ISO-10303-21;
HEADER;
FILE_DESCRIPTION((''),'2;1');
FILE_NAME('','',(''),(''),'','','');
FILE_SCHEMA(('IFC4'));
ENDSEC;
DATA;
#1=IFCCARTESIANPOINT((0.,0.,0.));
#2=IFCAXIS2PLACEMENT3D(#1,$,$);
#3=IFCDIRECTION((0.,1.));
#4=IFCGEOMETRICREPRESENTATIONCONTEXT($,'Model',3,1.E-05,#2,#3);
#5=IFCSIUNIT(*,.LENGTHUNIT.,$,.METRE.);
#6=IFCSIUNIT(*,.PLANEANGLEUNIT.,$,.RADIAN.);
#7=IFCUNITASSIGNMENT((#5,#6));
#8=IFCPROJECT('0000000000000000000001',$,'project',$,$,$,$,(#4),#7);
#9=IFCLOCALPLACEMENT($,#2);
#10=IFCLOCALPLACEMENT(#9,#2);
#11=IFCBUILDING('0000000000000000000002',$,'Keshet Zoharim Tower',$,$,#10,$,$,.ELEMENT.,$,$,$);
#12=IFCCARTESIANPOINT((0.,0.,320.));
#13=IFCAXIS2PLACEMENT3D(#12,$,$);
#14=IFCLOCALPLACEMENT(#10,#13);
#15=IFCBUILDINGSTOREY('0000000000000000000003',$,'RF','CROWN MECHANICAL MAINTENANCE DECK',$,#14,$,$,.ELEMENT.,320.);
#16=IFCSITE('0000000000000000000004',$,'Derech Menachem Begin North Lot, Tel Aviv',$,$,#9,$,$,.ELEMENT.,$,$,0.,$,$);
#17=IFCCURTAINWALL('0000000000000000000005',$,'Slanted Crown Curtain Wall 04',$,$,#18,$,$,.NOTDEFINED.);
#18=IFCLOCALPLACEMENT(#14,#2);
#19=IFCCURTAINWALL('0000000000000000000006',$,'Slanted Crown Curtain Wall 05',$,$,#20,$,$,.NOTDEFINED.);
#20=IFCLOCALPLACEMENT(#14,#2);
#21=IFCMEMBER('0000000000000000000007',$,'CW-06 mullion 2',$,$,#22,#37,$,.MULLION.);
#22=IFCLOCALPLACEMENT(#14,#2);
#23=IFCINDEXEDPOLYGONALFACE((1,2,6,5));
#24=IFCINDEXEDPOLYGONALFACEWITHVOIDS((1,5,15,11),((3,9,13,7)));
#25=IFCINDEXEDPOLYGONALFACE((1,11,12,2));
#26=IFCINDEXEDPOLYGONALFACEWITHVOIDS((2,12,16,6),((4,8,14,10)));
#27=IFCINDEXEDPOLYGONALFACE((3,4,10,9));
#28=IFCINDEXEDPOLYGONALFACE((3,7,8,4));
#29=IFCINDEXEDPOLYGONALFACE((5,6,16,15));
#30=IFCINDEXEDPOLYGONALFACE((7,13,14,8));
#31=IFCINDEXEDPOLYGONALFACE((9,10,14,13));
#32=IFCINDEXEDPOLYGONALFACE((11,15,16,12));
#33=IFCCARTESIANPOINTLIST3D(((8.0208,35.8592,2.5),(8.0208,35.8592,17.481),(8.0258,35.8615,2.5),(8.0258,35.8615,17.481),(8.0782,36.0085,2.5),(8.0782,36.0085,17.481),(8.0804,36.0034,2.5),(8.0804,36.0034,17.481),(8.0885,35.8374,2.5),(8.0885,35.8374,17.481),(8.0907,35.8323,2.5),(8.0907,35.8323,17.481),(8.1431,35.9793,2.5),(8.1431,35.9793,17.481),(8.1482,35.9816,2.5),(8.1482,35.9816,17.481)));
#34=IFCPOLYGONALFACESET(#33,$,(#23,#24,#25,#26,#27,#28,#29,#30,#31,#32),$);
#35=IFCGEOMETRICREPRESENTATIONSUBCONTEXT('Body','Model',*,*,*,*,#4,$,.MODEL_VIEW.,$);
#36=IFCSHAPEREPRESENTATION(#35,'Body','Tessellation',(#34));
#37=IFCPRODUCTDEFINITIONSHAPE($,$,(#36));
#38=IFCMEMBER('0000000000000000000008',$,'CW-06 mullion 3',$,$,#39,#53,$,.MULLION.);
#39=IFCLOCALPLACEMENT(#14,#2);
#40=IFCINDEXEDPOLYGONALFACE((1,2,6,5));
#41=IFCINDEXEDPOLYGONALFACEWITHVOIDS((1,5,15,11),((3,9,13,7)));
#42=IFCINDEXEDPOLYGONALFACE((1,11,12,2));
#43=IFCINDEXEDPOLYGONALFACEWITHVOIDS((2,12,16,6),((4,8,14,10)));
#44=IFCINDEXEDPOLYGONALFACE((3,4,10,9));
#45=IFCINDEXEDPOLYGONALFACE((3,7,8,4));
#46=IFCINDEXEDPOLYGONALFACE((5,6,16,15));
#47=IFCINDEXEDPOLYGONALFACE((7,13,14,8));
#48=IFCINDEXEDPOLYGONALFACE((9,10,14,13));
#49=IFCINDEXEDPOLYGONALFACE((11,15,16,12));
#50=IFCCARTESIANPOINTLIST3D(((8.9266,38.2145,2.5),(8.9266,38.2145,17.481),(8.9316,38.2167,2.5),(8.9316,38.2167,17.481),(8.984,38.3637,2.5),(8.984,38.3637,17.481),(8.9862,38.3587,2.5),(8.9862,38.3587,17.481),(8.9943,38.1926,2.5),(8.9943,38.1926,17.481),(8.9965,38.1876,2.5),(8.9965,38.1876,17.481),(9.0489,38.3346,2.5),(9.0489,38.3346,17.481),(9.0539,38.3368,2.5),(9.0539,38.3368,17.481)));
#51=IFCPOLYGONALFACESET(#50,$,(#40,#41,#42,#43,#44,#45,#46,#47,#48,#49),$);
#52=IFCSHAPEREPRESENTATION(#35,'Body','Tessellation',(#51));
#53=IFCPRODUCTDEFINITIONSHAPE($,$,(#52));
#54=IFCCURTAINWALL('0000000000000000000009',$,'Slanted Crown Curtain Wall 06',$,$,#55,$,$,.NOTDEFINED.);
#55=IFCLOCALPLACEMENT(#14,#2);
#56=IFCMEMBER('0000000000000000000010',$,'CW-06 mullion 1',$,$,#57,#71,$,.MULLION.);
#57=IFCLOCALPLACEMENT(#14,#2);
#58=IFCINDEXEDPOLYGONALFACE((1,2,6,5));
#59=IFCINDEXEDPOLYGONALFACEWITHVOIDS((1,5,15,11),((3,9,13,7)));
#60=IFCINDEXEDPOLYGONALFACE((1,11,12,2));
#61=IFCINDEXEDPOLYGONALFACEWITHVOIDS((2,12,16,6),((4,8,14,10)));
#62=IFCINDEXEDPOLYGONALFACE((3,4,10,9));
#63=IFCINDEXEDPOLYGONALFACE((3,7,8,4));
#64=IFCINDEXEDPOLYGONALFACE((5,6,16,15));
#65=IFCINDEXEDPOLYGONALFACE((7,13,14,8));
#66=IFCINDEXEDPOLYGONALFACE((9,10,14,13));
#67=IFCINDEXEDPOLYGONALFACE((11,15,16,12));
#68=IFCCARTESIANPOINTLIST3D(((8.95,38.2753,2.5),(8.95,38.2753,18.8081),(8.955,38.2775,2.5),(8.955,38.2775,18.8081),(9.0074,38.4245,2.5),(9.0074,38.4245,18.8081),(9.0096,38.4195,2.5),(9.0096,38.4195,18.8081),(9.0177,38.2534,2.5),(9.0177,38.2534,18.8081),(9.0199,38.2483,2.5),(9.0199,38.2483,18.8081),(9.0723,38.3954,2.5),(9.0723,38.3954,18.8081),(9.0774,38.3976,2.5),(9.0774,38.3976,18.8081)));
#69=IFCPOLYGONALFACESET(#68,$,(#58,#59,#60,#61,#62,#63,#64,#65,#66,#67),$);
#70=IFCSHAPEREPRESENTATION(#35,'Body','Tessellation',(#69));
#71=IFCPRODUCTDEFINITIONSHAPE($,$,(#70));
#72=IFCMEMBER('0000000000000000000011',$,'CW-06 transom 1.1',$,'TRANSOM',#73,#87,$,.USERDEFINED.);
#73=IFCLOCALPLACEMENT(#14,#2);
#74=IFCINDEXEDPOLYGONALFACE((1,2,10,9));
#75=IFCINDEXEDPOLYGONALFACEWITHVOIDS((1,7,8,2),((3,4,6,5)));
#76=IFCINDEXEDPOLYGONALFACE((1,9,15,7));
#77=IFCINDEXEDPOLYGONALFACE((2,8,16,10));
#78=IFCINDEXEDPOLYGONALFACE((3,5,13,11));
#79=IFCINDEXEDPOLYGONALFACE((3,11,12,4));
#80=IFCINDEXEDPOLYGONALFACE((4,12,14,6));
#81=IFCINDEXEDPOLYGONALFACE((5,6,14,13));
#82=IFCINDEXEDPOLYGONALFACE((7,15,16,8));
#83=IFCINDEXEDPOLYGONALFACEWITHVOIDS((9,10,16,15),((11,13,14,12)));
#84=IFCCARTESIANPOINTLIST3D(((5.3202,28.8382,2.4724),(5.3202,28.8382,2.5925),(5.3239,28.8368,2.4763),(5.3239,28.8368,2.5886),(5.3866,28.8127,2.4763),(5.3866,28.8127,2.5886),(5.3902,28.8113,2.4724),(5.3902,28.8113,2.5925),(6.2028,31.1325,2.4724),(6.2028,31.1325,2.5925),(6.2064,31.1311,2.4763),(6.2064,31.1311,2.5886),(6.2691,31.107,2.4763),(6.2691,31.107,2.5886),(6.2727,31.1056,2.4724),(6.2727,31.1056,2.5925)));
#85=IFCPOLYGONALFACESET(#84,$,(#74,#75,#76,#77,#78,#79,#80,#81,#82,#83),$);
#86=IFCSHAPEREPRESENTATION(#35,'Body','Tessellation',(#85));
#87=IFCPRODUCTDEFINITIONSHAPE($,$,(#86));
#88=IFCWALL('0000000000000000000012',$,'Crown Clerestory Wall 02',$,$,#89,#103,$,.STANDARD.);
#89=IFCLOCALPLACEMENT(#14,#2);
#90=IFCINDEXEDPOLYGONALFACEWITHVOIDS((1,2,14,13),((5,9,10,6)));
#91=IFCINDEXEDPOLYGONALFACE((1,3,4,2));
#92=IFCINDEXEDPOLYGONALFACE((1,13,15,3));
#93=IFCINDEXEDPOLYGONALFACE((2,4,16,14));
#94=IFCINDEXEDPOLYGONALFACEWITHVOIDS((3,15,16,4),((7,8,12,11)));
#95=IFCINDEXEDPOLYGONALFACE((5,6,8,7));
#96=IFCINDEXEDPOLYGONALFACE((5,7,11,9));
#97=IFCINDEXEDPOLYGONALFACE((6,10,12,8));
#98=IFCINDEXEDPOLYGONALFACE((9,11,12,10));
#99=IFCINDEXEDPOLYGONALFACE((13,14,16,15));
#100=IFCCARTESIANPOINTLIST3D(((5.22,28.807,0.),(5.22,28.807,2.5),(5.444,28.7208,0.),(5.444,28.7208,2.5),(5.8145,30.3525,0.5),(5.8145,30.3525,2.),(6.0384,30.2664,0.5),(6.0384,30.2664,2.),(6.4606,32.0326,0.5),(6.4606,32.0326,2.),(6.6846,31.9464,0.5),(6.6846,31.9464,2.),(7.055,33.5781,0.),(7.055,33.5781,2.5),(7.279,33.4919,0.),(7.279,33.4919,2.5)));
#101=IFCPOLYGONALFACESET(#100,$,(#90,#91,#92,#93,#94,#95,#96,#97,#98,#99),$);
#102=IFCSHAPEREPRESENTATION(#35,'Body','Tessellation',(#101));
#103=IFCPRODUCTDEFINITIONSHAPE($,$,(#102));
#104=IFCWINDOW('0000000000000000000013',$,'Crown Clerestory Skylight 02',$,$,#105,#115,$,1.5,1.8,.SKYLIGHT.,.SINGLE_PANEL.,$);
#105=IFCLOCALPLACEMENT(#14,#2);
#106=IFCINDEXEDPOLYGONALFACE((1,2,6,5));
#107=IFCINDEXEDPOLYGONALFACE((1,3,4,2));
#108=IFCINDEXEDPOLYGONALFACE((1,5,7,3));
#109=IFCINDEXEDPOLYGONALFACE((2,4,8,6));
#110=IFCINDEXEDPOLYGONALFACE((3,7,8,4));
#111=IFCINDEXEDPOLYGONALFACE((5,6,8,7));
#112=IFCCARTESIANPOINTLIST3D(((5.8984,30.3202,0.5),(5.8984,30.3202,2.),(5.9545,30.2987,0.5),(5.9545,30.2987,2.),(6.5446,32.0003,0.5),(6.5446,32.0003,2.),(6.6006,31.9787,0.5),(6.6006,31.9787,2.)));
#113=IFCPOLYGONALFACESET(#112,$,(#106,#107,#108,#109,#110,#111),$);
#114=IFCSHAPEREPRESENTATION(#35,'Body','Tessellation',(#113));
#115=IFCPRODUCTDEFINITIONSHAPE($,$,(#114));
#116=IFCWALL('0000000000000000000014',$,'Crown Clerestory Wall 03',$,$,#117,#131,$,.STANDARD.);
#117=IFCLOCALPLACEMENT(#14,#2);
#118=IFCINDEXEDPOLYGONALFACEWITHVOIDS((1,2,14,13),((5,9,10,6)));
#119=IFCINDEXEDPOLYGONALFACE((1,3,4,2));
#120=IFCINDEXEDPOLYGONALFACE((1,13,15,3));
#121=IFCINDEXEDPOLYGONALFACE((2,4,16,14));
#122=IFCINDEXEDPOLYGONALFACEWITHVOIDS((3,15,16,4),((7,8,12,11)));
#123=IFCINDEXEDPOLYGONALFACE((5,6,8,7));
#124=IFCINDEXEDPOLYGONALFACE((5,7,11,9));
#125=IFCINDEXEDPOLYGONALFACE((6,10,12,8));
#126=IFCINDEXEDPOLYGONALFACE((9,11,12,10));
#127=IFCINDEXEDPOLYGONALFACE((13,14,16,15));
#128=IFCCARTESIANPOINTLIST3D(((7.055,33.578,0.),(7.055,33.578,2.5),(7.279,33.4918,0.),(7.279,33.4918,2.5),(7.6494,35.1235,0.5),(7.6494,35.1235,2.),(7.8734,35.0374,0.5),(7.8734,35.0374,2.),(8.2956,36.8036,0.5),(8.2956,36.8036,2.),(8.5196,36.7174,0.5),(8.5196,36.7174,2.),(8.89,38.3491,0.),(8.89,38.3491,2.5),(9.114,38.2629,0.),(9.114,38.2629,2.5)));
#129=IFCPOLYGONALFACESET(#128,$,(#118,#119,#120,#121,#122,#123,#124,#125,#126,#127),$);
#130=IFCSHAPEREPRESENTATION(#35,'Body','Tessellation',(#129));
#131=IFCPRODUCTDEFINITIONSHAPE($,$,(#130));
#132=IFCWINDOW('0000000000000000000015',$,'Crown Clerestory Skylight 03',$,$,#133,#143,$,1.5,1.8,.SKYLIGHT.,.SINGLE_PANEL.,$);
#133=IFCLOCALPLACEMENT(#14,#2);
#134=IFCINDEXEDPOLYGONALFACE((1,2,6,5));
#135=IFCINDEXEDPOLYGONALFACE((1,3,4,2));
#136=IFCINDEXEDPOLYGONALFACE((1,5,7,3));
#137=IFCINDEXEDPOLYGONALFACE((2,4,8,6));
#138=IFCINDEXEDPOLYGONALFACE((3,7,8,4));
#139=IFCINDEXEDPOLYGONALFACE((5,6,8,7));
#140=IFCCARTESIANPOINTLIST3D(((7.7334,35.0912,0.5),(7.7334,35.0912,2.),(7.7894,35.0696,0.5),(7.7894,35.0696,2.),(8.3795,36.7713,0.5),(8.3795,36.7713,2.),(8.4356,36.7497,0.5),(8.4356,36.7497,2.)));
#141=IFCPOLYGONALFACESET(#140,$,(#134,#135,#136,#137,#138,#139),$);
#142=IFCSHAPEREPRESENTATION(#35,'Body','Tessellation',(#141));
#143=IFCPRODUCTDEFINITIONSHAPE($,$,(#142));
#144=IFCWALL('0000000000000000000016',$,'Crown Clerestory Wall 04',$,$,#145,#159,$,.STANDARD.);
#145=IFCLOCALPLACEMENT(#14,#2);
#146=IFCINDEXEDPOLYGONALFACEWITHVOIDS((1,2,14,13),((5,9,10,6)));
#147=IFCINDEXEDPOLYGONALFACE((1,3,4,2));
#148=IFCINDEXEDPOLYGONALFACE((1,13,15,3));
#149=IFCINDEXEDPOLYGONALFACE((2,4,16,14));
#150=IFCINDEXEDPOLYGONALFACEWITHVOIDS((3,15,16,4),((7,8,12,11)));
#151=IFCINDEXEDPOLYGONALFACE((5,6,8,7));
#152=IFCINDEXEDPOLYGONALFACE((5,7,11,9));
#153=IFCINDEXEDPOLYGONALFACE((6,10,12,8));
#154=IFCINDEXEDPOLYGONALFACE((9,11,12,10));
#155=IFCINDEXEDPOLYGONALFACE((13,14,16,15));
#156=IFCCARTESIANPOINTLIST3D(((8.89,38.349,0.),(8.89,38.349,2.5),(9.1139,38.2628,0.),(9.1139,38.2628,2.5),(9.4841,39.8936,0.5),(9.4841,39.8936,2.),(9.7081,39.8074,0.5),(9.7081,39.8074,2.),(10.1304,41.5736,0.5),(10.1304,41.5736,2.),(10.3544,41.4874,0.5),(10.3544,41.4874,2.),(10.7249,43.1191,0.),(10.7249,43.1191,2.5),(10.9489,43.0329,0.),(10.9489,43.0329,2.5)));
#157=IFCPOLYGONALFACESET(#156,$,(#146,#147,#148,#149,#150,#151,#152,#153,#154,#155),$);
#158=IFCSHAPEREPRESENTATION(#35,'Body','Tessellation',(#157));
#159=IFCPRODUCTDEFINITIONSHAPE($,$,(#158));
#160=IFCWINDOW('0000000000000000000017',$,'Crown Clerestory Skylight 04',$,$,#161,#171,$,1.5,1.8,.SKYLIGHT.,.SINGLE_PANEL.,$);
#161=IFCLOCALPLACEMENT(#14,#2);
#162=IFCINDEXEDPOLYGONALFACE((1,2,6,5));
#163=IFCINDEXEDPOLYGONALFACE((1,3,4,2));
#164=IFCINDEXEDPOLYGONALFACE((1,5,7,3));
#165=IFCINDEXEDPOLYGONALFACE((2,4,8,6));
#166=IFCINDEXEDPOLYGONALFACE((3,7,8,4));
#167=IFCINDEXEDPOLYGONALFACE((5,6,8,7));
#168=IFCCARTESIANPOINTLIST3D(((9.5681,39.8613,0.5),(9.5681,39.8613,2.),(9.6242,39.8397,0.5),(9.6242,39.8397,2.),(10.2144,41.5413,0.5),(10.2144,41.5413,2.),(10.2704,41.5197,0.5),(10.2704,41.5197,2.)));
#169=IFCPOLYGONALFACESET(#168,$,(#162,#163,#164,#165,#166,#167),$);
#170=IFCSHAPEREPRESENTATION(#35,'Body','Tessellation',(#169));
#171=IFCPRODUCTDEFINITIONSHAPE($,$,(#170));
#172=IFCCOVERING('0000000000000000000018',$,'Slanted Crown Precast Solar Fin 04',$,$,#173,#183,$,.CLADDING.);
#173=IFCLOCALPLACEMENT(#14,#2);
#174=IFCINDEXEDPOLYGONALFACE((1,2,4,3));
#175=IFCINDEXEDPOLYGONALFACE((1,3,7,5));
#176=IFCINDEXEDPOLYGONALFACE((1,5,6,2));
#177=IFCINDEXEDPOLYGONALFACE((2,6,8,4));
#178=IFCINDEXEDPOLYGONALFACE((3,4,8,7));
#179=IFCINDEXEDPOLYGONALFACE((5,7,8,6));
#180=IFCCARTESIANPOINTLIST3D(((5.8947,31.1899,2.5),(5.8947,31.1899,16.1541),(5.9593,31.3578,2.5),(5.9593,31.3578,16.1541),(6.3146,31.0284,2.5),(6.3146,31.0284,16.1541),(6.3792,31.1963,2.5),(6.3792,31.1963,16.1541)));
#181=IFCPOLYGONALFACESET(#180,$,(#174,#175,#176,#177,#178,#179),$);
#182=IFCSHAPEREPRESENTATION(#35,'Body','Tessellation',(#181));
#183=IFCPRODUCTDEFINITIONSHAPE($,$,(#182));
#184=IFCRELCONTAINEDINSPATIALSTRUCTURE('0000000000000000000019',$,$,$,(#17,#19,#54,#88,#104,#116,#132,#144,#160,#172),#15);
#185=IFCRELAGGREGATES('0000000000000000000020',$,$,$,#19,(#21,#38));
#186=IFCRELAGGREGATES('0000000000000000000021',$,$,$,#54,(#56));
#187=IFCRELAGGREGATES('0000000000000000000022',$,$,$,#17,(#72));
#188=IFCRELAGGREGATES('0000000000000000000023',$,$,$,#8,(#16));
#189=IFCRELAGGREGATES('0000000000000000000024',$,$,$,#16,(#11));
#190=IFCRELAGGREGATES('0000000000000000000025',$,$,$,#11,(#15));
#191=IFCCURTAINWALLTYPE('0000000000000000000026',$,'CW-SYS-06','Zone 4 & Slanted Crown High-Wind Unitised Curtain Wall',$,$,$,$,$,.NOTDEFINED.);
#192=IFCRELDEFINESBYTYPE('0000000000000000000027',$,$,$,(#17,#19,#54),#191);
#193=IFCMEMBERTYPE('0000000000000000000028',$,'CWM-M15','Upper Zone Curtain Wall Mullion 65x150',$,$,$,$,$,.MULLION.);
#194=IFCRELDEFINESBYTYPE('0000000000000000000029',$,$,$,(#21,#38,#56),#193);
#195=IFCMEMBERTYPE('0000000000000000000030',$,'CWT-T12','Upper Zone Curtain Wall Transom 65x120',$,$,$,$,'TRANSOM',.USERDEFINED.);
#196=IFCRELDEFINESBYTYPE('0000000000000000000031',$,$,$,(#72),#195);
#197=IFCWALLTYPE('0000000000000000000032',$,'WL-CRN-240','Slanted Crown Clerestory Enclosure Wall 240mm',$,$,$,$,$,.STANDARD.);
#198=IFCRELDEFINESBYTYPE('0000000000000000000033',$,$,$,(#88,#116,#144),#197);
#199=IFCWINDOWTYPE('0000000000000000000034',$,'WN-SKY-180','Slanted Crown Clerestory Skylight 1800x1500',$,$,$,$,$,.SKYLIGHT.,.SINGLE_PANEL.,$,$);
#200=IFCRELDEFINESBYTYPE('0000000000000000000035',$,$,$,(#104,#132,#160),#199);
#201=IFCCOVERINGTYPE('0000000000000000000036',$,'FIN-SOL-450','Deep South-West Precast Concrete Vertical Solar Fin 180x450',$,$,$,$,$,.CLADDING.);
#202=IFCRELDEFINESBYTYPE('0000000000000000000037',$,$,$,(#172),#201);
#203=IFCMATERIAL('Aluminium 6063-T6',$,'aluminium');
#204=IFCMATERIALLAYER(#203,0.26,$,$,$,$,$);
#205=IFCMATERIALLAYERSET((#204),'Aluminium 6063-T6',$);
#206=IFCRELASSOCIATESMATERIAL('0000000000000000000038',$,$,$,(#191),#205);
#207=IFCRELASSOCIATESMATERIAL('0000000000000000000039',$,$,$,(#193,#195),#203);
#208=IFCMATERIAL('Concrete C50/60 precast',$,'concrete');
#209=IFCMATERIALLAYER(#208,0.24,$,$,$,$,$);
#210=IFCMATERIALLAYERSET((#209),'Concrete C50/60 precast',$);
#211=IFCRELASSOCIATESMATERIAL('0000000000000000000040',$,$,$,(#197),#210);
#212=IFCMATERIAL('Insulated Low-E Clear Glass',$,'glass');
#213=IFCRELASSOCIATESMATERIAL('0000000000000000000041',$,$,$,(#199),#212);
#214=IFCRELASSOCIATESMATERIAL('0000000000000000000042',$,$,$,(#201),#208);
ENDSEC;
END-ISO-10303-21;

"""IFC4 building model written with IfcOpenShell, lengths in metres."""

from ifc_helpers import new_model, si_unit, direction, frame, frame_2d, origin, origin_2d, place, context, subcontext, project, spatial, rectangle, hollow_rectangle, extrude, material, layer, layer_set, material_profile, profile_set, type_object, element, fill, aggregate, save


model = new_model("IFC4")

# Units and contexts
model_context = context("Model", 3, precision=1e-05, world=origin(), true_north=direction((0.0, 1.0)))
body_context = subcontext(model_context, "Body", "Model", "MODEL_VIEW")
ifc_project = project(units=[si_unit("LENGTHUNIT", "METRE"), si_unit("PLANEANGLEUNIT", "RADIAN")], contexts=[model_context])

# Site, building, storey
site_placement = place(None, origin())
site = spatial("IfcSite", under=ifc_project, at=site_placement, Name="Derech Menachem Begin North Lot, Tel Aviv", CompositionType="ELEMENT", RefElevation=0.0)
building_placement = place(site_placement, origin())
building = spatial("IfcBuilding", under=site, at=building_placement, Name="Keshet Zoharim Tower", CompositionType="ELEMENT")
storey_placement = place(building_placement, frame((0.0, 0.0, 320.0)))
storey = spatial("IfcBuildingStorey", under=building, at=storey_placement, Name="RF", Description="CROWN MECHANICAL MAINTENANCE DECK", CompositionType="ELEMENT", Elevation=320.0)

# Shared definitions
ifc_material_1 = material(Name="Aluminium 6063-T6", Category="aluminium")
ifc_layer_1 = layer(ifc_material_1, 0.26)
ifc_layer_set_1 = layer_set([ifc_layer_1], Name="Aluminium 6063-T6")
curtain_wall_type = type_object("IfcCurtainWallType", Name="CW-SYS-06", Description="Zone 4 & Slanted Crown High-Wind Unitised Curtain Wall", PredefinedType="NOTDEFINED", material=ifc_layer_set_1)
ifc_material_profile_1 = material_profile(ifc_material_1, hollow_rectangle(XDim=0.075, YDim=0.1599, WallThickness=0.0039, at=origin_2d()), Name="MUL-75x160")
ifc_profile_set_1 = profile_set([ifc_material_profile_1], Name="Aluminium 6063-T6")
member_type_1 = type_object("IfcMemberType", Name="CWM-M15", Description="Upper Zone Curtain Wall Mullion 65x150", PredefinedType="MULLION", material=ifc_profile_set_1)

# Curtain walls, members
curtain_wall_1_placement = place(storey_placement, origin())
curtain_wall_1 = element("IfcCurtainWall", 1, at=curtain_wall_1_placement, inside=storey, type_object=curtain_wall_type, Name="Slanted Crown Curtain Wall 04", PredefinedType="NOTDEFINED")
curtain_wall_2_placement = place(storey_placement, origin())
curtain_wall_2 = element("IfcCurtainWall", 2, at=curtain_wall_2_placement, inside=storey, type_object=curtain_wall_type, Name="Slanted Crown Curtain Wall 05", PredefinedType="NOTDEFINED")
member_1_placement = place(storey_placement, frame((8.0845, 35.9204, 2.5), z_axis=(0.0, 0.0, 1.0), x_axis=(-0.933346, 0.358979, 0.0)))
member_1 = element("IfcMember", 3, at=member_1_placement, type_object=member_type_1, Name="CW-06 mullion 2", PredefinedType="MULLION", context=body_context, shape_type="SweptSolid", body=[
    extrude(hollow_rectangle(XDim=0.075, YDim=0.1599, WallThickness=0.0039, at=origin_2d()), origin(), (0.0, 0.0, 1.0), 14.981),
])
member_2_placement = place(storey_placement, frame((8.9902, 38.2756, 2.5), z_axis=(0.0, 0.0, 1.0), x_axis=(-0.933346, 0.358979, 0.0)))
member_2 = element("IfcMember", 4, at=member_2_placement, type_object=member_type_1, Name="CW-06 mullion 3", PredefinedType="MULLION", context=body_context, shape_type="SweptSolid", body=[
    extrude(hollow_rectangle(XDim=0.075, YDim=0.1599, WallThickness=0.0039, at=origin_2d()), origin(), (0.0, 0.0, 1.0), 14.981),
])
aggregate(curtain_wall_2, [member_1, member_2])

# Curtain wall, member
curtain_wall_3_placement = place(storey_placement, origin())
curtain_wall_3 = element("IfcCurtainWall", 5, at=curtain_wall_3_placement, inside=storey, type_object=curtain_wall_type, Name="Slanted Crown Curtain Wall 06", PredefinedType="NOTDEFINED")
member_3_placement = place(storey_placement, frame((9.0137, 38.3364, 2.5), z_axis=(0.0, 0.0, 1.0), x_axis=(-0.93332, 0.359045, 0.0)))
member_3 = element("IfcMember", 6, at=member_3_placement, type_object=member_type_1, Name="CW-06 mullion 1", PredefinedType="MULLION", context=body_context, shape_type="SweptSolid", body=[
    extrude(hollow_rectangle(XDim=0.075, YDim=0.1599, WallThickness=0.0039, at=origin_2d()), origin(), (0.0, 0.0, 1.0), 16.3081),
])
aggregate(curtain_wall_3, [member_3])

# Member
ifc_material_profile_2 = material_profile(ifc_material_1, hollow_rectangle(XDim=0.075, YDim=0.1201, WallThickness=0.0039, at=origin_2d()), Name="TRN-75x120")
ifc_profile_set_2 = profile_set([ifc_material_profile_2], Name="Aluminium 6063-T6")
member_type_2 = type_object("IfcMemberType", Name="CWT-T12", Description="Upper Zone Curtain Wall Transom 65x120", ElementType="TRANSOM", PredefinedType="USERDEFINED", material=ifc_profile_set_2)
member_4_placement = place(storey_placement, frame((5.3552, 28.8247, 2.5325), z_axis=(0.359012, 0.933333, 0.0), x_axis=(-0.933333, 0.359012, 0.0)))
member_4 = element("IfcMember", 7, at=member_4_placement, type_object=member_type_2, Name="CW-06 transom 1.1", ObjectType="TRANSOM", PredefinedType="USERDEFINED", context=body_context, shape_type="SweptSolid", body=[
    extrude(hollow_rectangle(XDim=0.075, YDim=0.1201, WallThickness=0.0039, at=origin_2d()), origin(), (0.0, 0.0, 1.0), 2.4583),
])
aggregate(curtain_wall_1, [member_4])

# Walls, openings, windows
ifc_material_2 = material(Name="Concrete C50/60 precast", Category="concrete")
ifc_layer_2 = layer(ifc_material_2, 0.24)
ifc_layer_set_2 = layer_set([ifc_layer_2], Name="Concrete C50/60 precast")
wall_type = type_object("IfcWallType", Name="WL-CRN-240", Description="Slanted Crown Clerestory Enclosure Wall 240mm", PredefinedType="STANDARD", material=ifc_layer_set_2)
wall_1_placement = place(storey_placement, frame((5.332, 28.7639, 0.0), z_axis=(0.0, 0.0, 1.0), x_axis=(0.358973, 0.933348, 0.0)))
wall_1 = element("IfcWall", 8, at=wall_1_placement, inside=storey, type_object=wall_type, Name="Crown Clerestory Wall 02", PredefinedType="STANDARD", context=body_context, shape_type="SweptSolid", body=[
    extrude(rectangle(XDim=5.1118, YDim=0.24, at=frame_2d((2.5559, 0.0))), origin(), (0.0, 0.0, 1.0), 2.5),
])
opening_1_placement = place(wall_1_placement, frame((1.656, 0.0, 0.5)))
opening_1 = element("IfcOpeningElement", 9, at=opening_1_placement, cuts=wall_1, PredefinedType="OPENING", context=body_context, shape_type="SweptSolid", body=[
    extrude(rectangle(XDim=1.8, YDim=1.5, at=frame_2d((0.8999, 0.75))), frame((0.0, 0.1299, 0.0), z_axis=(0.0, -1.0, 0.0), x_axis=(1.0, 0.0, 0.0)), (0.0, 0.0, 1.0), 0.26),
])
ifc_material_3 = material(Name="Insulated Low-E Clear Glass", Category="glass")
window_type = type_object("IfcWindowType", Name="WN-SKY-180", Description="Slanted Crown Clerestory Skylight 1800x1500", PartitioningType="SINGLE_PANEL", PredefinedType="SKYLIGHT", material=ifc_material_3)
window_1_placement = place(opening_1_placement, origin())
window_1 = element("IfcWindow", 10, at=window_1_placement, inside=storey, type_object=window_type, Name="Crown Clerestory Skylight 02", OverallHeight=1.5, OverallWidth=1.8, PartitioningType="SINGLE_PANEL", PredefinedType="SKYLIGHT", context=body_context, shape_type="SweptSolid", body=[
    extrude(rectangle(XDim=1.8, YDim=1.5, at=frame_2d((0.8999, 0.75))), frame((0.0, 0.03, 0.0), z_axis=(0.0, -1.0, 0.0), x_axis=(1.0, 0.0, 0.0)), (0.0, 0.0, 1.0), 0.0601),
])
fill(opening_1, window_1)
wall_2_placement = place(storey_placement, frame((7.167, 33.5349, 0.0), z_axis=(0.0, 0.0, 1.0), x_axis=(0.358973, 0.933348, 0.0)))
wall_2 = element("IfcWall", 11, at=wall_2_placement, inside=storey, type_object=wall_type, Name="Crown Clerestory Wall 03", PredefinedType="STANDARD", context=body_context, shape_type="SweptSolid", body=[
    extrude(rectangle(XDim=5.1118, YDim=0.24, at=frame_2d((2.5559, 0.0))), origin(), (0.0, 0.0, 1.0), 2.5),
])
opening_2_placement = place(wall_2_placement, frame((1.656, 0.0, 0.5)))
opening_2 = element("IfcOpeningElement", 12, at=opening_2_placement, cuts=wall_2, PredefinedType="OPENING", context=body_context, shape_type="SweptSolid", body=[
    extrude(rectangle(XDim=1.8, YDim=1.5, at=frame_2d((0.8999, 0.75))), frame((0.0, 0.1299, 0.0), z_axis=(0.0, -1.0, 0.0), x_axis=(1.0, 0.0, 0.0)), (0.0, 0.0, 1.0), 0.26),
])
window_2_placement = place(opening_2_placement, origin())
window_2 = element("IfcWindow", 13, at=window_2_placement, inside=storey, type_object=window_type, Name="Crown Clerestory Skylight 03", OverallHeight=1.5, OverallWidth=1.8, PartitioningType="SINGLE_PANEL", PredefinedType="SKYLIGHT", context=body_context, shape_type="SweptSolid", body=[
    extrude(rectangle(XDim=1.8, YDim=1.5, at=frame_2d((0.8999, 0.75))), frame((0.0, 0.03, 0.0), z_axis=(0.0, -1.0, 0.0), x_axis=(1.0, 0.0, 0.0)), (0.0, 0.0, 1.0), 0.0601),
])
fill(opening_2, window_2)
wall_3_placement = place(storey_placement, frame((9.002, 38.3059, 0.0), z_axis=(0.0, 0.0, 1.0), x_axis=(0.359037, 0.933323, 0.0)))
wall_3 = element("IfcWall", 14, at=wall_3_placement, inside=storey, type_object=wall_type, Name="Crown Clerestory Wall 04", PredefinedType="STANDARD", context=body_context, shape_type="SweptSolid", body=[
    extrude(rectangle(XDim=5.1108, YDim=0.24, at=frame_2d((2.5554, 0.0))), origin(), (0.0, 0.0, 1.0), 2.5),
])
opening_3_placement = place(wall_3_placement, frame((1.655, 0.0, 0.5)))
opening_3 = element("IfcOpeningElement", 15, at=opening_3_placement, cuts=wall_3, PredefinedType="OPENING", context=body_context, shape_type="SweptSolid", body=[
    extrude(rectangle(XDim=1.8, YDim=1.5, at=frame_2d((0.8999, 0.75))), frame((0.0, 0.1299, 0.0), z_axis=(0.0, -1.0, 0.0), x_axis=(1.0, 0.0, 0.0)), (0.0, 0.0, 1.0), 0.26),
])
window_3_placement = place(opening_3_placement, origin())
window_3 = element("IfcWindow", 16, at=window_3_placement, inside=storey, type_object=window_type, Name="Crown Clerestory Skylight 04", OverallHeight=1.5, OverallWidth=1.8, PartitioningType="SINGLE_PANEL", PredefinedType="SKYLIGHT", context=body_context, shape_type="SweptSolid", body=[
    extrude(rectangle(XDim=1.8, YDim=1.5, at=frame_2d((0.8999, 0.75))), frame((0.0, 0.03, 0.0), z_axis=(0.0, -1.0, 0.0), x_axis=(1.0, 0.0, 0.0)), (0.0, 0.0, 1.0), 0.0601),
])
fill(opening_3, window_3)

# Covering
covering_type = type_object("IfcCoveringType", Name="FIN-SOL-450", Description="Deep South-West Precast Concrete Vertical Solar Fin 180x450", PredefinedType="CLADDING", material=ifc_material_2)
covering_1_placement = place(storey_placement, frame((6.137, 31.1931, 2.5), z_axis=(0.0, 0.0, 1.0), x_axis=(0.358979, 0.933346, 0.0)))
element("IfcCovering", 17, at=covering_1_placement, inside=storey, type_object=covering_type, Name="Slanted Crown Precast Solar Fin 04", PredefinedType="CLADDING", context=body_context, shape_type="SweptSolid", body=[
    extrude(rectangle(XDim=0.1799, YDim=0.45, at=origin_2d()), origin(), (0.0, 0.0, 1.0), 13.6541),
])

save(model, "model.ifc")
